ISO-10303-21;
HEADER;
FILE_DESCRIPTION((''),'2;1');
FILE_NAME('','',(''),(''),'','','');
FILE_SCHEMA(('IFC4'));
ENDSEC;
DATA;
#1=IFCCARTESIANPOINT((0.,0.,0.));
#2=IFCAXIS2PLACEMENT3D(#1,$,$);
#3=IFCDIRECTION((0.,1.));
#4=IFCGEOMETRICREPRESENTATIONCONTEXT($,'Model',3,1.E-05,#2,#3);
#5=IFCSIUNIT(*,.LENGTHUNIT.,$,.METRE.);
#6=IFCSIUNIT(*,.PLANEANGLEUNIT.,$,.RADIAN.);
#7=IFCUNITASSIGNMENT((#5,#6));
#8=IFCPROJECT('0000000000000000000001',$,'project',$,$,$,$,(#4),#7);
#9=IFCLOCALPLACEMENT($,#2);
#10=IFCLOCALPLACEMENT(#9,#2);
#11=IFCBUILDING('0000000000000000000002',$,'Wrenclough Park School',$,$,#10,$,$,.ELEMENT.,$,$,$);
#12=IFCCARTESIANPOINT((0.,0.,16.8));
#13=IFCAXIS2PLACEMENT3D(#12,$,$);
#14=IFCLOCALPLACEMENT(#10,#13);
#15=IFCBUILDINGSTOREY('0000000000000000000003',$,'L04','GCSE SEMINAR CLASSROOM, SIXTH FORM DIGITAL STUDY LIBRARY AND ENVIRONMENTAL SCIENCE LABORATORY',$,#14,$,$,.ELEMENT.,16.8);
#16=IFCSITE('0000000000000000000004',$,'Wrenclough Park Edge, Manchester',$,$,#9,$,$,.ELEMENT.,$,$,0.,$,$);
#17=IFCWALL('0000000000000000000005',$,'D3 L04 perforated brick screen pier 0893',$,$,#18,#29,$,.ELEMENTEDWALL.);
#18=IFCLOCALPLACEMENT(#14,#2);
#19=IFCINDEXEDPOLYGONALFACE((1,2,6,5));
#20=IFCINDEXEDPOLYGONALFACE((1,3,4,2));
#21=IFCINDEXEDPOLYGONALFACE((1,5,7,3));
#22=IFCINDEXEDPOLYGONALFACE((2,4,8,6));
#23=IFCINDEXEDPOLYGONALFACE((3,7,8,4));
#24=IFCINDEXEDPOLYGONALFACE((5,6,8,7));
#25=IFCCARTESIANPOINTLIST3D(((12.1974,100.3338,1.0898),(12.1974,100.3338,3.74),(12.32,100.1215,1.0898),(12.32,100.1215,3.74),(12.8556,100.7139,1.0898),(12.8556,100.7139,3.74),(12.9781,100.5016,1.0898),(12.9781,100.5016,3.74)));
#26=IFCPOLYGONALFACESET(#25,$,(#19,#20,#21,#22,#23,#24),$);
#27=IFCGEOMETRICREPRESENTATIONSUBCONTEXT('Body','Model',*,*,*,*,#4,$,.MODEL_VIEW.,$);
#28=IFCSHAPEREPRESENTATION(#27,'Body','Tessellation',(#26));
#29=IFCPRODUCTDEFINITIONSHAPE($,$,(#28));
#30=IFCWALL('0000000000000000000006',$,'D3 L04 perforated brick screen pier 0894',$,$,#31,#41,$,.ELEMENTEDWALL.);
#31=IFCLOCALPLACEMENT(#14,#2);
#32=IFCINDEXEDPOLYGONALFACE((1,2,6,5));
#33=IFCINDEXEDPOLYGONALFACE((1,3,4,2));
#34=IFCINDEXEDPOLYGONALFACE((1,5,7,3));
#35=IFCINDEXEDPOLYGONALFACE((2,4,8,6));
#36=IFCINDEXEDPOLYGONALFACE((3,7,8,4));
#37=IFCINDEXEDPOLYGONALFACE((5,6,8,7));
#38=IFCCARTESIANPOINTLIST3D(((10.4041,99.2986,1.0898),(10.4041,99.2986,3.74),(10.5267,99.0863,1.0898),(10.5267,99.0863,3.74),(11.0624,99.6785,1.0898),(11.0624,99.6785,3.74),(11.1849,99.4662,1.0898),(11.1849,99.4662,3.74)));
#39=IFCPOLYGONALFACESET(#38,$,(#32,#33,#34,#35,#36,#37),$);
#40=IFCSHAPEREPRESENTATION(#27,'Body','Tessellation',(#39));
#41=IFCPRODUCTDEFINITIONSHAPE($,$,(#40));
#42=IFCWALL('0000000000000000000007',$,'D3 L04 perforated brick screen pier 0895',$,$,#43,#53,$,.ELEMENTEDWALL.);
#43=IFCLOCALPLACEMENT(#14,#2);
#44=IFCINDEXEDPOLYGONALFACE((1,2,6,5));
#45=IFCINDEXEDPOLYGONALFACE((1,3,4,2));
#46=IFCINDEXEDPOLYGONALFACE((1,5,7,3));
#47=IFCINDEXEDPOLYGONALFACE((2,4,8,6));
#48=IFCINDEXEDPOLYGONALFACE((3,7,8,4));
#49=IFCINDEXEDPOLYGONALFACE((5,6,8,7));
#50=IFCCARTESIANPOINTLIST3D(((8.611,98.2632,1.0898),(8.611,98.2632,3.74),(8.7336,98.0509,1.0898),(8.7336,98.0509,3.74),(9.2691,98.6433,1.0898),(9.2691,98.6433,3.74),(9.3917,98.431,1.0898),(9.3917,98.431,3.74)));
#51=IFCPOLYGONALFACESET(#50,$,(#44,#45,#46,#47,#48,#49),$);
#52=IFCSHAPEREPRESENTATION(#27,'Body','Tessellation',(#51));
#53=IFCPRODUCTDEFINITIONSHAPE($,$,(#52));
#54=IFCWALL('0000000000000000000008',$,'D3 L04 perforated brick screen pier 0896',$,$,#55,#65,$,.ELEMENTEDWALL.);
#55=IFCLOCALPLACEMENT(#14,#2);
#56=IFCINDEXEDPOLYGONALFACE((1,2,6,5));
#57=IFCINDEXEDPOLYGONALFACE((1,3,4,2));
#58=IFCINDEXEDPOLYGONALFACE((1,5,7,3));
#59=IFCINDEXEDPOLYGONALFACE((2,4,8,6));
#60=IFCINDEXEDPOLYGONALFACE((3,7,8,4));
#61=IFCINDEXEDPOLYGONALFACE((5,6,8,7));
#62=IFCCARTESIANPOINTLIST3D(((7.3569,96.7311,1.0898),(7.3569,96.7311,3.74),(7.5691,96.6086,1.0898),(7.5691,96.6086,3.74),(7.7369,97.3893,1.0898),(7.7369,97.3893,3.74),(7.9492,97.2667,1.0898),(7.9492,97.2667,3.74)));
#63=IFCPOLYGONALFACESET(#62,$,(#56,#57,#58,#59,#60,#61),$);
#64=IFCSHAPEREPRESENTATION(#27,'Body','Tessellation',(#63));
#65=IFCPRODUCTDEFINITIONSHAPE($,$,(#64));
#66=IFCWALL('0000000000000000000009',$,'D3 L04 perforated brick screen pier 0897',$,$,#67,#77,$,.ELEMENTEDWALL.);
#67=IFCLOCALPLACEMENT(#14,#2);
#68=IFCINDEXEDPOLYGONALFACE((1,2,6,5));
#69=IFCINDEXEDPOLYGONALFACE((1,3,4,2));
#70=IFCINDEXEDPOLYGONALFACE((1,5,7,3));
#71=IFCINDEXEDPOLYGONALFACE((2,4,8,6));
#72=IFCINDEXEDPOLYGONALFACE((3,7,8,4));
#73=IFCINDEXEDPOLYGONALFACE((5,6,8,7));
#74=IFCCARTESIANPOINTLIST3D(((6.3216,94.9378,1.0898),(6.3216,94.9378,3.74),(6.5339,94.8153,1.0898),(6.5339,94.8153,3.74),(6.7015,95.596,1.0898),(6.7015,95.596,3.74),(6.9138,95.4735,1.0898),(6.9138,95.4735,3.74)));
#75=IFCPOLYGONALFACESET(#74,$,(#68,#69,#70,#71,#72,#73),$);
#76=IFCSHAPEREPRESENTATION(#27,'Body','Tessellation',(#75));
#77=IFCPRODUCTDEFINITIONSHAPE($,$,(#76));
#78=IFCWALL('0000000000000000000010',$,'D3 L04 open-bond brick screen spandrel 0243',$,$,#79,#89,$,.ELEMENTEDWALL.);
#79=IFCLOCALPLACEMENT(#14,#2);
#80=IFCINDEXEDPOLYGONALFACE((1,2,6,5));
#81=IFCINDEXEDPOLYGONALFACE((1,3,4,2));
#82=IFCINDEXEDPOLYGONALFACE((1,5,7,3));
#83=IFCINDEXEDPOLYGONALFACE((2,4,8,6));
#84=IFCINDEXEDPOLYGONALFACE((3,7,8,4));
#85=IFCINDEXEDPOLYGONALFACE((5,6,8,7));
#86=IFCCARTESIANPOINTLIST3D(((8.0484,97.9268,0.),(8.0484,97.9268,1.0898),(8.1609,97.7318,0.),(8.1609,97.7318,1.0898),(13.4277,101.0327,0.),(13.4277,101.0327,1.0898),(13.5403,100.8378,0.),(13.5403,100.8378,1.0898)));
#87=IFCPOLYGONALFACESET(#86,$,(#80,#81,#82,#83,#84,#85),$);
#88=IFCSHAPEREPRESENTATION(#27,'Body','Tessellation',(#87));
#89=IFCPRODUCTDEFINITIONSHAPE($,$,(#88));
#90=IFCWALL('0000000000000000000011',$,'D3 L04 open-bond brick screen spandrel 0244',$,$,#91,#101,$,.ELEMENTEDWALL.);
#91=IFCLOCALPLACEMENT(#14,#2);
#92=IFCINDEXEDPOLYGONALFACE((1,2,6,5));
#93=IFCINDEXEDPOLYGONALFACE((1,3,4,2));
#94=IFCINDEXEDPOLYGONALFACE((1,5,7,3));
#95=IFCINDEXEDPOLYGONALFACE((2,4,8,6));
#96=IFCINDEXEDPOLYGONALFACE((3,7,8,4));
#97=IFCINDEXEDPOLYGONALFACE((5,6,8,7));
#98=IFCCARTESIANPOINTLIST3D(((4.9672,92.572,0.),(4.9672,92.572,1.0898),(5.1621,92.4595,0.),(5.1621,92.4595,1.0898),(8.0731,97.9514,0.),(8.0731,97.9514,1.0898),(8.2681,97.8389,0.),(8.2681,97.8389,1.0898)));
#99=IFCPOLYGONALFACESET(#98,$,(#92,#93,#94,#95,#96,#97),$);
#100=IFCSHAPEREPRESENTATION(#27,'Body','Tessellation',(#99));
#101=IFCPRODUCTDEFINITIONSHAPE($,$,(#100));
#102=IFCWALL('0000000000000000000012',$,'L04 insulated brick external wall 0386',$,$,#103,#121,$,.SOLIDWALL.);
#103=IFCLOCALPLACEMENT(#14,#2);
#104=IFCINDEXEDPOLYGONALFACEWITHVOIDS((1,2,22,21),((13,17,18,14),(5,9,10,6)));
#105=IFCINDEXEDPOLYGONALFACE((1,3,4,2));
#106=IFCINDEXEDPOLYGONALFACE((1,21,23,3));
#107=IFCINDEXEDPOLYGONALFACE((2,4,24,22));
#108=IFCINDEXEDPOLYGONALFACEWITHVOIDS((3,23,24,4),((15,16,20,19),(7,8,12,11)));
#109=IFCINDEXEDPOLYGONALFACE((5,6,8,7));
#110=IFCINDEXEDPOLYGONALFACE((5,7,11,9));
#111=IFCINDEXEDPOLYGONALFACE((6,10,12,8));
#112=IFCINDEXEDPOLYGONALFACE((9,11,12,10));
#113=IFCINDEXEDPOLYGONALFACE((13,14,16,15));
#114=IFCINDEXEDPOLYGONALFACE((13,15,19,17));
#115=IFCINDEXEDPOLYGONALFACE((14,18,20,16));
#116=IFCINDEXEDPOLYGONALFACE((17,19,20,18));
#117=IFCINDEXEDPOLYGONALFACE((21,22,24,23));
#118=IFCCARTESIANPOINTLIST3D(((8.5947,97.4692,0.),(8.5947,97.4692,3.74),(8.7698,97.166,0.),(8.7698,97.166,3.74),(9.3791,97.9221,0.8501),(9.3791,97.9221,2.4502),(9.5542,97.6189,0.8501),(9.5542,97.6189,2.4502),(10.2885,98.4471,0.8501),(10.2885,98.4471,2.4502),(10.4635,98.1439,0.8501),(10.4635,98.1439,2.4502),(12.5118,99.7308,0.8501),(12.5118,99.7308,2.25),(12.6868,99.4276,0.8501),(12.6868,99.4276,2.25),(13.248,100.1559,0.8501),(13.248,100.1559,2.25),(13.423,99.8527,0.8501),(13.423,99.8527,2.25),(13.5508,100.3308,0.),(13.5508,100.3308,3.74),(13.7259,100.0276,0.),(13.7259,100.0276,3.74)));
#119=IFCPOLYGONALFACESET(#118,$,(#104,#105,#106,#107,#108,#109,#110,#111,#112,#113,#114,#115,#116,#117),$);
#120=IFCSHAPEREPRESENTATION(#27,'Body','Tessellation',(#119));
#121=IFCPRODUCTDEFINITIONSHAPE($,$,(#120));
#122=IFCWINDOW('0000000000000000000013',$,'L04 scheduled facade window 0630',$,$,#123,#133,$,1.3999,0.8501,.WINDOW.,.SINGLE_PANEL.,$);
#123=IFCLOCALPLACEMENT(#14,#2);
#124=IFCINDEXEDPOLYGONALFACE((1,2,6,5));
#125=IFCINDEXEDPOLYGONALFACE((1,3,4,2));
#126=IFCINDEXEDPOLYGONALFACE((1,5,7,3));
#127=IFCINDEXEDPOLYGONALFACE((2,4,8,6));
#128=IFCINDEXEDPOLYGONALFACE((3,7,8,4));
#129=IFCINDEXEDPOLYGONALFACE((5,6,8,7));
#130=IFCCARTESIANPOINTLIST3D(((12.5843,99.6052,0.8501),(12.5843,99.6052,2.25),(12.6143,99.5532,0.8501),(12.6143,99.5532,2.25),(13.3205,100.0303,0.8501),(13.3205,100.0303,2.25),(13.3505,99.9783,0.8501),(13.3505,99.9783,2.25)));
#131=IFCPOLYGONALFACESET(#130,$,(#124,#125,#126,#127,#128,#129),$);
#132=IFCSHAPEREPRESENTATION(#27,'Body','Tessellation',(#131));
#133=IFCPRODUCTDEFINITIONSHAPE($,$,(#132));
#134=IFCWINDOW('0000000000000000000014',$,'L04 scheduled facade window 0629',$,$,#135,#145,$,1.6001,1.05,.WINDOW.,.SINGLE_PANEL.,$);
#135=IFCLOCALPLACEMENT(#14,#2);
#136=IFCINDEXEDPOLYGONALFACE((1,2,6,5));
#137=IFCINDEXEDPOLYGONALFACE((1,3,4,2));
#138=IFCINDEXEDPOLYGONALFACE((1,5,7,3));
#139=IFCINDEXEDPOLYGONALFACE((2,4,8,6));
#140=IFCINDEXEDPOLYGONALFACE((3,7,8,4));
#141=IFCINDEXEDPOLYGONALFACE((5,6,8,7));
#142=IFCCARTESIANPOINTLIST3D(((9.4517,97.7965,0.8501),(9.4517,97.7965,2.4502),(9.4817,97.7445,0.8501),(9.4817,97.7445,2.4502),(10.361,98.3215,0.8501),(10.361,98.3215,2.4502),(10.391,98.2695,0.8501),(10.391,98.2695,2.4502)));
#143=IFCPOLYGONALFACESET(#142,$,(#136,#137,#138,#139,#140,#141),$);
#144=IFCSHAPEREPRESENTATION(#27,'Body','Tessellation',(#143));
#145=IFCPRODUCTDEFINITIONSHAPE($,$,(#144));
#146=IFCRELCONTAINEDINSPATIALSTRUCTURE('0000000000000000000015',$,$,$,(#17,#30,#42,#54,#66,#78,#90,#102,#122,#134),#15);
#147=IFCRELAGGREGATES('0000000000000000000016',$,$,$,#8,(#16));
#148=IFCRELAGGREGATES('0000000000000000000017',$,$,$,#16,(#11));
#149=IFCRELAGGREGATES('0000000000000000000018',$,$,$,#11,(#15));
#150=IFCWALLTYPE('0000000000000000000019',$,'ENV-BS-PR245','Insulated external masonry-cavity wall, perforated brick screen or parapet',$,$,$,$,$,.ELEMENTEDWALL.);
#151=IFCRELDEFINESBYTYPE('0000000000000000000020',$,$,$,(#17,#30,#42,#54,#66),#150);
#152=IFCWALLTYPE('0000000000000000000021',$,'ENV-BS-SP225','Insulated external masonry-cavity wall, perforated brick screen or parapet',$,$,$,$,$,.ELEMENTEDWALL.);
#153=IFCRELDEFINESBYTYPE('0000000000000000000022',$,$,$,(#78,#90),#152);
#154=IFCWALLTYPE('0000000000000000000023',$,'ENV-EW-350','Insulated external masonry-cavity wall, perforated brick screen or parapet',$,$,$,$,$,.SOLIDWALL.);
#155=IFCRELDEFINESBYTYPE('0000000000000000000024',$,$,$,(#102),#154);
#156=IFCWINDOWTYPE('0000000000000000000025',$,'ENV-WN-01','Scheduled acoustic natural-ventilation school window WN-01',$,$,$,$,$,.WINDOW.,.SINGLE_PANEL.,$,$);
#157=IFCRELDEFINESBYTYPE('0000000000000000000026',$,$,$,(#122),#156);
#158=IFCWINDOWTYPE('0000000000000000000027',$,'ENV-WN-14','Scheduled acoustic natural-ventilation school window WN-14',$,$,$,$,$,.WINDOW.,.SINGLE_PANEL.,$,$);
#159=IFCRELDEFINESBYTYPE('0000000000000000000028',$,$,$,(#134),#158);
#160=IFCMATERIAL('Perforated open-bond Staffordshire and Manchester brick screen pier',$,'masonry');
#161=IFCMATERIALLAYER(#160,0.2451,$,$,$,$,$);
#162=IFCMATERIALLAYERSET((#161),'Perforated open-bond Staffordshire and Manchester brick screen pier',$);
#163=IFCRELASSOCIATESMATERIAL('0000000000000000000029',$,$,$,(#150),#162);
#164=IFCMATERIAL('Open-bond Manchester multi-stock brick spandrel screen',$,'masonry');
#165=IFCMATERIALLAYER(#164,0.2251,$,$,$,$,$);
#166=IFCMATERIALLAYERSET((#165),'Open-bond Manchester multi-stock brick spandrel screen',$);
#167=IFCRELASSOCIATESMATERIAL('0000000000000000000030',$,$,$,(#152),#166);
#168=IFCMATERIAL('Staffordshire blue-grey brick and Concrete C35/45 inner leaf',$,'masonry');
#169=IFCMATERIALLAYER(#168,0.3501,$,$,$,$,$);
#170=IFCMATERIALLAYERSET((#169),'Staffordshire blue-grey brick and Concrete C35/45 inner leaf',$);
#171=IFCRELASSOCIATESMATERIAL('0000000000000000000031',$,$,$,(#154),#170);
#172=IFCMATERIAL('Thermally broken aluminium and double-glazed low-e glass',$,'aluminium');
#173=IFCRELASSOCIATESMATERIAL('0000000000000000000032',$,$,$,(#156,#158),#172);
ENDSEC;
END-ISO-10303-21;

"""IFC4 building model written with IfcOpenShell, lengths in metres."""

from ifc_helpers import new_model, si_unit, direction, frame, frame_2d, origin, place, context, subcontext, project, spatial, rectangle, extrude, material, layer, layer_set, type_object, element, fill, save


model = new_model("IFC4")

# Units and contexts
model_context = context("Model", 3, precision=1e-05, world=origin(), true_north=direction((0.0, 1.0)))
body_context = subcontext(model_context, "Body", "Model", "MODEL_VIEW")
ifc_project = project(units=[si_unit("LENGTHUNIT", "METRE"), si_unit("PLANEANGLEUNIT", "RADIAN")], contexts=[model_context])

# Site, building, storey
site_placement = place(None, origin())
site = spatial("IfcSite", under=ifc_project, at=site_placement, Name="Wrenclough Park Edge, Manchester", CompositionType="ELEMENT", RefElevation=0.0)
building_placement = place(site_placement, origin())
building = spatial("IfcBuilding", under=site, at=building_placement, Name="Wrenclough Park School", CompositionType="ELEMENT")
storey_placement = place(building_placement, frame((0.0, 0.0, 16.8)))
storey = spatial("IfcBuildingStorey", under=building, at=storey_placement, Name="L04", Description="GCSE SEMINAR CLASSROOM, SIXTH FORM DIGITAL STUDY LIBRARY AND ENVIRONMENTAL SCIENCE LABORATORY", CompositionType="ELEMENT", Elevation=16.8)

# Walls
ifc_material_1 = material(Name="Perforated open-bond Staffordshire and Manchester brick screen pier", Category="masonry")
ifc_layer_1 = layer(ifc_material_1, 0.2451)
ifc_layer_set_1 = layer_set([ifc_layer_1], Name="Perforated open-bond Staffordshire and Manchester brick screen pier")
wall_type_1 = type_object("IfcWallType", Name="ENV-BS-PR245", Description="Insulated external masonry-cavity wall, perforated brick screen or parapet", PredefinedType="ELEMENTEDWALL", material=ifc_layer_set_1)
for number, where, z_axis, x_axis, name in (
    (1, (12.9167, 100.6077, 1.0898), (0.0, 0.0, 1.0), (-0.865961, -0.500112, 0.0), "D3 L04 perforated brick screen pier 0893"),
    (2, (11.1235, 99.5723, 1.0898), (0.0, 0.0, 1.0), (-0.8661, -0.499871, 0.0), "D3 L04 perforated brick screen pier 0894"),
    (3, (9.3303, 98.5371, 1.0898), (0.0, 0.0, 1.0), (-0.865961, -0.500112, 0.0), "D3 L04 perforated brick screen pier 0895"),
    (4, (7.843, 97.3279, 1.0898), (0.0, 0.0, 1.0), (-0.500112, -0.865961, 0.0), "D3 L04 perforated brick screen pier 0896"),
    (5, (6.8076, 95.5347, 1.0898), (0.0, 0.0, 1.0), (-0.499871, -0.8661, 0.0), "D3 L04 perforated brick screen pier 0897"),
):
    element("IfcWall", number, at=place(storey_placement, frame(where, z_axis=z_axis, x_axis=x_axis)), inside=storey, type_object=wall_type_1, Name=name, PredefinedType="ELEMENTEDWALL", context=body_context, shape_type="SweptSolid", body=[
        extrude(rectangle(XDim=0.76, YDim=0.2451, at=frame_2d((0.3799, 0.0))), origin(), (0.0, 0.0, 1.0), 2.6501),
    ])
ifc_material_2 = material(Name="Open-bond Manchester multi-stock brick spandrel screen", Category="masonry")
ifc_layer_2 = layer(ifc_material_2, 0.2251)
ifc_layer_set_2 = layer_set([ifc_layer_2], Name="Open-bond Manchester multi-stock brick spandrel screen")
wall_type_2 = type_object("IfcWallType", Name="ENV-BS-SP225", Description="Insulated external masonry-cavity wall, perforated brick screen or parapet", PredefinedType="ELEMENTEDWALL", material=ifc_layer_set_2)
for number, where, z_axis, x_axis, name in (
    (6, (13.4841, 100.9353, 0.0), (0.0, 0.0, 1.0), (-0.866014, -0.50002, 0.0), "D3 L04 open-bond brick screen spandrel 0243"),
    (7, (8.1707, 97.8953, 0.0), (0.0, 0.0, 1.0), (-0.50002, -0.866014, 0.0), "D3 L04 open-bond brick screen spandrel 0244"),
):
    element("IfcWall", number, at=place(storey_placement, frame(where, z_axis=z_axis, x_axis=x_axis)), inside=storey, type_object=wall_type_2, Name=name, PredefinedType="ELEMENTEDWALL", context=body_context, shape_type="SweptSolid", body=[
        extrude(rectangle(XDim=6.2117, YDim=0.2251, at=frame_2d((3.106, 0.0))), origin(), (0.0, 0.0, 1.0), 1.0898),
    ])

# Wall, openings, windows
ifc_material_3 = material(Name="Staffordshire blue-grey brick and Concrete C35/45 inner leaf", Category="masonry")
ifc_layer_3 = layer(ifc_material_3, 0.3501)
ifc_layer_set_3 = layer_set([ifc_layer_3], Name="Staffordshire blue-grey brick and Concrete C35/45 inner leaf")
wall_type_3 = type_object("IfcWallType", Name="ENV-EW-350", Description="Insulated external masonry-cavity wall, perforated brick screen or parapet", PredefinedType="SOLIDWALL", material=ifc_layer_set_3)
wall_1_placement = place(storey_placement, frame((8.6824, 97.3176, 0.0), z_axis=(0.0, 0.0, 1.0), x_axis=(0.866011, 0.500025, 0.0)))
wall_1 = element("IfcWall", 8, at=wall_1_placement, inside=storey, type_object=wall_type_3, Name="L04 insulated brick external wall 0386", PredefinedType="SOLIDWALL", context=body_context, shape_type="SweptSolid", body=[
    extrude(rectangle(XDim=5.7229, YDim=0.3501, at=frame_2d((2.8613, 0.0))), origin(), (0.0, 0.0, 1.0), 3.74),
])
opening_1_placement = place(wall_1_placement, frame((0.9058, 0.0, 0.8501)))
opening_1 = element("IfcOpeningElement", 9, at=opening_1_placement, cuts=wall_1, PredefinedType="OPENING", context=body_context, shape_type="SweptSolid", body=[
    extrude(rectangle(XDim=1.05, YDim=1.6001, at=frame_2d((0.5249, 0.8))), frame((0.0, 0.1851, 0.0), z_axis=(0.0, -1.0, 0.0), x_axis=(1.0, 0.0, 0.0)), (0.0, 0.0, 1.0), 0.3701),
])
opening_2_placement = place(wall_1_placement, frame((4.5229, 0.0, 0.8501)))
opening_2 = element("IfcOpeningElement", 10, at=opening_2_placement, cuts=wall_1, PredefinedType="OPENING", context=body_context, shape_type="SweptSolid", body=[
    extrude(rectangle(XDim=0.8501, YDim=1.3999, at=frame_2d((0.425, 0.7))), frame((0.0, 0.1851, 0.0), z_axis=(0.0, -1.0, 0.0), x_axis=(1.0, 0.0, 0.0)), (0.0, 0.0, 1.0), 0.3701),
])
ifc_material_4 = material(Name="Thermally broken aluminium and double-glazed low-e glass", Category="aluminium")
window_type_1 = type_object("IfcWindowType", Name="ENV-WN-01", Description="Scheduled acoustic natural-ventilation school window WN-01", PartitioningType="SINGLE_PANEL", PredefinedType="WINDOW", material=ifc_material_4)
window_1_placement = place(opening_2_placement, origin())
window_1 = element("IfcWindow", 11, at=window_1_placement, inside=storey, type_object=window_type_1, Name="L04 scheduled facade window 0630", OverallHeight=1.3999, OverallWidth=0.8501, PartitioningType="SINGLE_PANEL", PredefinedType="WINDOW", context=body_context, shape_type="SweptSolid", body=[
    extrude(rectangle(XDim=0.8501, YDim=1.3999, at=frame_2d((0.425, 0.7))), frame((0.0, 0.03, 0.0), z_axis=(0.0, -1.0, 0.0), x_axis=(1.0, 0.0, 0.0)), (0.0, 0.0, 1.0), 0.0601),
])
fill(opening_2, window_1)
window_type_2 = type_object("IfcWindowType", Name="ENV-WN-14", Description="Scheduled acoustic natural-ventilation school window WN-14", PartitioningType="SINGLE_PANEL", PredefinedType="WINDOW", material=ifc_material_4)
window_2_placement = place(opening_1_placement, origin())
window_2 = element("IfcWindow", 12, at=window_2_placement, inside=storey, type_object=window_type_2, Name="L04 scheduled facade window 0629", OverallHeight=1.6001, OverallWidth=1.05, PartitioningType="SINGLE_PANEL", PredefinedType="WINDOW", context=body_context, shape_type="SweptSolid", body=[
    extrude(rectangle(XDim=1.05, YDim=1.6001, at=frame_2d((0.5249, 0.8))), frame((0.0, 0.03, 0.0), z_axis=(0.0, -1.0, 0.0), x_axis=(1.0, 0.0, 0.0)), (0.0, 0.0, 1.0), 0.0601),
])
fill(opening_1, window_2)

save(model, "model.ifc")
